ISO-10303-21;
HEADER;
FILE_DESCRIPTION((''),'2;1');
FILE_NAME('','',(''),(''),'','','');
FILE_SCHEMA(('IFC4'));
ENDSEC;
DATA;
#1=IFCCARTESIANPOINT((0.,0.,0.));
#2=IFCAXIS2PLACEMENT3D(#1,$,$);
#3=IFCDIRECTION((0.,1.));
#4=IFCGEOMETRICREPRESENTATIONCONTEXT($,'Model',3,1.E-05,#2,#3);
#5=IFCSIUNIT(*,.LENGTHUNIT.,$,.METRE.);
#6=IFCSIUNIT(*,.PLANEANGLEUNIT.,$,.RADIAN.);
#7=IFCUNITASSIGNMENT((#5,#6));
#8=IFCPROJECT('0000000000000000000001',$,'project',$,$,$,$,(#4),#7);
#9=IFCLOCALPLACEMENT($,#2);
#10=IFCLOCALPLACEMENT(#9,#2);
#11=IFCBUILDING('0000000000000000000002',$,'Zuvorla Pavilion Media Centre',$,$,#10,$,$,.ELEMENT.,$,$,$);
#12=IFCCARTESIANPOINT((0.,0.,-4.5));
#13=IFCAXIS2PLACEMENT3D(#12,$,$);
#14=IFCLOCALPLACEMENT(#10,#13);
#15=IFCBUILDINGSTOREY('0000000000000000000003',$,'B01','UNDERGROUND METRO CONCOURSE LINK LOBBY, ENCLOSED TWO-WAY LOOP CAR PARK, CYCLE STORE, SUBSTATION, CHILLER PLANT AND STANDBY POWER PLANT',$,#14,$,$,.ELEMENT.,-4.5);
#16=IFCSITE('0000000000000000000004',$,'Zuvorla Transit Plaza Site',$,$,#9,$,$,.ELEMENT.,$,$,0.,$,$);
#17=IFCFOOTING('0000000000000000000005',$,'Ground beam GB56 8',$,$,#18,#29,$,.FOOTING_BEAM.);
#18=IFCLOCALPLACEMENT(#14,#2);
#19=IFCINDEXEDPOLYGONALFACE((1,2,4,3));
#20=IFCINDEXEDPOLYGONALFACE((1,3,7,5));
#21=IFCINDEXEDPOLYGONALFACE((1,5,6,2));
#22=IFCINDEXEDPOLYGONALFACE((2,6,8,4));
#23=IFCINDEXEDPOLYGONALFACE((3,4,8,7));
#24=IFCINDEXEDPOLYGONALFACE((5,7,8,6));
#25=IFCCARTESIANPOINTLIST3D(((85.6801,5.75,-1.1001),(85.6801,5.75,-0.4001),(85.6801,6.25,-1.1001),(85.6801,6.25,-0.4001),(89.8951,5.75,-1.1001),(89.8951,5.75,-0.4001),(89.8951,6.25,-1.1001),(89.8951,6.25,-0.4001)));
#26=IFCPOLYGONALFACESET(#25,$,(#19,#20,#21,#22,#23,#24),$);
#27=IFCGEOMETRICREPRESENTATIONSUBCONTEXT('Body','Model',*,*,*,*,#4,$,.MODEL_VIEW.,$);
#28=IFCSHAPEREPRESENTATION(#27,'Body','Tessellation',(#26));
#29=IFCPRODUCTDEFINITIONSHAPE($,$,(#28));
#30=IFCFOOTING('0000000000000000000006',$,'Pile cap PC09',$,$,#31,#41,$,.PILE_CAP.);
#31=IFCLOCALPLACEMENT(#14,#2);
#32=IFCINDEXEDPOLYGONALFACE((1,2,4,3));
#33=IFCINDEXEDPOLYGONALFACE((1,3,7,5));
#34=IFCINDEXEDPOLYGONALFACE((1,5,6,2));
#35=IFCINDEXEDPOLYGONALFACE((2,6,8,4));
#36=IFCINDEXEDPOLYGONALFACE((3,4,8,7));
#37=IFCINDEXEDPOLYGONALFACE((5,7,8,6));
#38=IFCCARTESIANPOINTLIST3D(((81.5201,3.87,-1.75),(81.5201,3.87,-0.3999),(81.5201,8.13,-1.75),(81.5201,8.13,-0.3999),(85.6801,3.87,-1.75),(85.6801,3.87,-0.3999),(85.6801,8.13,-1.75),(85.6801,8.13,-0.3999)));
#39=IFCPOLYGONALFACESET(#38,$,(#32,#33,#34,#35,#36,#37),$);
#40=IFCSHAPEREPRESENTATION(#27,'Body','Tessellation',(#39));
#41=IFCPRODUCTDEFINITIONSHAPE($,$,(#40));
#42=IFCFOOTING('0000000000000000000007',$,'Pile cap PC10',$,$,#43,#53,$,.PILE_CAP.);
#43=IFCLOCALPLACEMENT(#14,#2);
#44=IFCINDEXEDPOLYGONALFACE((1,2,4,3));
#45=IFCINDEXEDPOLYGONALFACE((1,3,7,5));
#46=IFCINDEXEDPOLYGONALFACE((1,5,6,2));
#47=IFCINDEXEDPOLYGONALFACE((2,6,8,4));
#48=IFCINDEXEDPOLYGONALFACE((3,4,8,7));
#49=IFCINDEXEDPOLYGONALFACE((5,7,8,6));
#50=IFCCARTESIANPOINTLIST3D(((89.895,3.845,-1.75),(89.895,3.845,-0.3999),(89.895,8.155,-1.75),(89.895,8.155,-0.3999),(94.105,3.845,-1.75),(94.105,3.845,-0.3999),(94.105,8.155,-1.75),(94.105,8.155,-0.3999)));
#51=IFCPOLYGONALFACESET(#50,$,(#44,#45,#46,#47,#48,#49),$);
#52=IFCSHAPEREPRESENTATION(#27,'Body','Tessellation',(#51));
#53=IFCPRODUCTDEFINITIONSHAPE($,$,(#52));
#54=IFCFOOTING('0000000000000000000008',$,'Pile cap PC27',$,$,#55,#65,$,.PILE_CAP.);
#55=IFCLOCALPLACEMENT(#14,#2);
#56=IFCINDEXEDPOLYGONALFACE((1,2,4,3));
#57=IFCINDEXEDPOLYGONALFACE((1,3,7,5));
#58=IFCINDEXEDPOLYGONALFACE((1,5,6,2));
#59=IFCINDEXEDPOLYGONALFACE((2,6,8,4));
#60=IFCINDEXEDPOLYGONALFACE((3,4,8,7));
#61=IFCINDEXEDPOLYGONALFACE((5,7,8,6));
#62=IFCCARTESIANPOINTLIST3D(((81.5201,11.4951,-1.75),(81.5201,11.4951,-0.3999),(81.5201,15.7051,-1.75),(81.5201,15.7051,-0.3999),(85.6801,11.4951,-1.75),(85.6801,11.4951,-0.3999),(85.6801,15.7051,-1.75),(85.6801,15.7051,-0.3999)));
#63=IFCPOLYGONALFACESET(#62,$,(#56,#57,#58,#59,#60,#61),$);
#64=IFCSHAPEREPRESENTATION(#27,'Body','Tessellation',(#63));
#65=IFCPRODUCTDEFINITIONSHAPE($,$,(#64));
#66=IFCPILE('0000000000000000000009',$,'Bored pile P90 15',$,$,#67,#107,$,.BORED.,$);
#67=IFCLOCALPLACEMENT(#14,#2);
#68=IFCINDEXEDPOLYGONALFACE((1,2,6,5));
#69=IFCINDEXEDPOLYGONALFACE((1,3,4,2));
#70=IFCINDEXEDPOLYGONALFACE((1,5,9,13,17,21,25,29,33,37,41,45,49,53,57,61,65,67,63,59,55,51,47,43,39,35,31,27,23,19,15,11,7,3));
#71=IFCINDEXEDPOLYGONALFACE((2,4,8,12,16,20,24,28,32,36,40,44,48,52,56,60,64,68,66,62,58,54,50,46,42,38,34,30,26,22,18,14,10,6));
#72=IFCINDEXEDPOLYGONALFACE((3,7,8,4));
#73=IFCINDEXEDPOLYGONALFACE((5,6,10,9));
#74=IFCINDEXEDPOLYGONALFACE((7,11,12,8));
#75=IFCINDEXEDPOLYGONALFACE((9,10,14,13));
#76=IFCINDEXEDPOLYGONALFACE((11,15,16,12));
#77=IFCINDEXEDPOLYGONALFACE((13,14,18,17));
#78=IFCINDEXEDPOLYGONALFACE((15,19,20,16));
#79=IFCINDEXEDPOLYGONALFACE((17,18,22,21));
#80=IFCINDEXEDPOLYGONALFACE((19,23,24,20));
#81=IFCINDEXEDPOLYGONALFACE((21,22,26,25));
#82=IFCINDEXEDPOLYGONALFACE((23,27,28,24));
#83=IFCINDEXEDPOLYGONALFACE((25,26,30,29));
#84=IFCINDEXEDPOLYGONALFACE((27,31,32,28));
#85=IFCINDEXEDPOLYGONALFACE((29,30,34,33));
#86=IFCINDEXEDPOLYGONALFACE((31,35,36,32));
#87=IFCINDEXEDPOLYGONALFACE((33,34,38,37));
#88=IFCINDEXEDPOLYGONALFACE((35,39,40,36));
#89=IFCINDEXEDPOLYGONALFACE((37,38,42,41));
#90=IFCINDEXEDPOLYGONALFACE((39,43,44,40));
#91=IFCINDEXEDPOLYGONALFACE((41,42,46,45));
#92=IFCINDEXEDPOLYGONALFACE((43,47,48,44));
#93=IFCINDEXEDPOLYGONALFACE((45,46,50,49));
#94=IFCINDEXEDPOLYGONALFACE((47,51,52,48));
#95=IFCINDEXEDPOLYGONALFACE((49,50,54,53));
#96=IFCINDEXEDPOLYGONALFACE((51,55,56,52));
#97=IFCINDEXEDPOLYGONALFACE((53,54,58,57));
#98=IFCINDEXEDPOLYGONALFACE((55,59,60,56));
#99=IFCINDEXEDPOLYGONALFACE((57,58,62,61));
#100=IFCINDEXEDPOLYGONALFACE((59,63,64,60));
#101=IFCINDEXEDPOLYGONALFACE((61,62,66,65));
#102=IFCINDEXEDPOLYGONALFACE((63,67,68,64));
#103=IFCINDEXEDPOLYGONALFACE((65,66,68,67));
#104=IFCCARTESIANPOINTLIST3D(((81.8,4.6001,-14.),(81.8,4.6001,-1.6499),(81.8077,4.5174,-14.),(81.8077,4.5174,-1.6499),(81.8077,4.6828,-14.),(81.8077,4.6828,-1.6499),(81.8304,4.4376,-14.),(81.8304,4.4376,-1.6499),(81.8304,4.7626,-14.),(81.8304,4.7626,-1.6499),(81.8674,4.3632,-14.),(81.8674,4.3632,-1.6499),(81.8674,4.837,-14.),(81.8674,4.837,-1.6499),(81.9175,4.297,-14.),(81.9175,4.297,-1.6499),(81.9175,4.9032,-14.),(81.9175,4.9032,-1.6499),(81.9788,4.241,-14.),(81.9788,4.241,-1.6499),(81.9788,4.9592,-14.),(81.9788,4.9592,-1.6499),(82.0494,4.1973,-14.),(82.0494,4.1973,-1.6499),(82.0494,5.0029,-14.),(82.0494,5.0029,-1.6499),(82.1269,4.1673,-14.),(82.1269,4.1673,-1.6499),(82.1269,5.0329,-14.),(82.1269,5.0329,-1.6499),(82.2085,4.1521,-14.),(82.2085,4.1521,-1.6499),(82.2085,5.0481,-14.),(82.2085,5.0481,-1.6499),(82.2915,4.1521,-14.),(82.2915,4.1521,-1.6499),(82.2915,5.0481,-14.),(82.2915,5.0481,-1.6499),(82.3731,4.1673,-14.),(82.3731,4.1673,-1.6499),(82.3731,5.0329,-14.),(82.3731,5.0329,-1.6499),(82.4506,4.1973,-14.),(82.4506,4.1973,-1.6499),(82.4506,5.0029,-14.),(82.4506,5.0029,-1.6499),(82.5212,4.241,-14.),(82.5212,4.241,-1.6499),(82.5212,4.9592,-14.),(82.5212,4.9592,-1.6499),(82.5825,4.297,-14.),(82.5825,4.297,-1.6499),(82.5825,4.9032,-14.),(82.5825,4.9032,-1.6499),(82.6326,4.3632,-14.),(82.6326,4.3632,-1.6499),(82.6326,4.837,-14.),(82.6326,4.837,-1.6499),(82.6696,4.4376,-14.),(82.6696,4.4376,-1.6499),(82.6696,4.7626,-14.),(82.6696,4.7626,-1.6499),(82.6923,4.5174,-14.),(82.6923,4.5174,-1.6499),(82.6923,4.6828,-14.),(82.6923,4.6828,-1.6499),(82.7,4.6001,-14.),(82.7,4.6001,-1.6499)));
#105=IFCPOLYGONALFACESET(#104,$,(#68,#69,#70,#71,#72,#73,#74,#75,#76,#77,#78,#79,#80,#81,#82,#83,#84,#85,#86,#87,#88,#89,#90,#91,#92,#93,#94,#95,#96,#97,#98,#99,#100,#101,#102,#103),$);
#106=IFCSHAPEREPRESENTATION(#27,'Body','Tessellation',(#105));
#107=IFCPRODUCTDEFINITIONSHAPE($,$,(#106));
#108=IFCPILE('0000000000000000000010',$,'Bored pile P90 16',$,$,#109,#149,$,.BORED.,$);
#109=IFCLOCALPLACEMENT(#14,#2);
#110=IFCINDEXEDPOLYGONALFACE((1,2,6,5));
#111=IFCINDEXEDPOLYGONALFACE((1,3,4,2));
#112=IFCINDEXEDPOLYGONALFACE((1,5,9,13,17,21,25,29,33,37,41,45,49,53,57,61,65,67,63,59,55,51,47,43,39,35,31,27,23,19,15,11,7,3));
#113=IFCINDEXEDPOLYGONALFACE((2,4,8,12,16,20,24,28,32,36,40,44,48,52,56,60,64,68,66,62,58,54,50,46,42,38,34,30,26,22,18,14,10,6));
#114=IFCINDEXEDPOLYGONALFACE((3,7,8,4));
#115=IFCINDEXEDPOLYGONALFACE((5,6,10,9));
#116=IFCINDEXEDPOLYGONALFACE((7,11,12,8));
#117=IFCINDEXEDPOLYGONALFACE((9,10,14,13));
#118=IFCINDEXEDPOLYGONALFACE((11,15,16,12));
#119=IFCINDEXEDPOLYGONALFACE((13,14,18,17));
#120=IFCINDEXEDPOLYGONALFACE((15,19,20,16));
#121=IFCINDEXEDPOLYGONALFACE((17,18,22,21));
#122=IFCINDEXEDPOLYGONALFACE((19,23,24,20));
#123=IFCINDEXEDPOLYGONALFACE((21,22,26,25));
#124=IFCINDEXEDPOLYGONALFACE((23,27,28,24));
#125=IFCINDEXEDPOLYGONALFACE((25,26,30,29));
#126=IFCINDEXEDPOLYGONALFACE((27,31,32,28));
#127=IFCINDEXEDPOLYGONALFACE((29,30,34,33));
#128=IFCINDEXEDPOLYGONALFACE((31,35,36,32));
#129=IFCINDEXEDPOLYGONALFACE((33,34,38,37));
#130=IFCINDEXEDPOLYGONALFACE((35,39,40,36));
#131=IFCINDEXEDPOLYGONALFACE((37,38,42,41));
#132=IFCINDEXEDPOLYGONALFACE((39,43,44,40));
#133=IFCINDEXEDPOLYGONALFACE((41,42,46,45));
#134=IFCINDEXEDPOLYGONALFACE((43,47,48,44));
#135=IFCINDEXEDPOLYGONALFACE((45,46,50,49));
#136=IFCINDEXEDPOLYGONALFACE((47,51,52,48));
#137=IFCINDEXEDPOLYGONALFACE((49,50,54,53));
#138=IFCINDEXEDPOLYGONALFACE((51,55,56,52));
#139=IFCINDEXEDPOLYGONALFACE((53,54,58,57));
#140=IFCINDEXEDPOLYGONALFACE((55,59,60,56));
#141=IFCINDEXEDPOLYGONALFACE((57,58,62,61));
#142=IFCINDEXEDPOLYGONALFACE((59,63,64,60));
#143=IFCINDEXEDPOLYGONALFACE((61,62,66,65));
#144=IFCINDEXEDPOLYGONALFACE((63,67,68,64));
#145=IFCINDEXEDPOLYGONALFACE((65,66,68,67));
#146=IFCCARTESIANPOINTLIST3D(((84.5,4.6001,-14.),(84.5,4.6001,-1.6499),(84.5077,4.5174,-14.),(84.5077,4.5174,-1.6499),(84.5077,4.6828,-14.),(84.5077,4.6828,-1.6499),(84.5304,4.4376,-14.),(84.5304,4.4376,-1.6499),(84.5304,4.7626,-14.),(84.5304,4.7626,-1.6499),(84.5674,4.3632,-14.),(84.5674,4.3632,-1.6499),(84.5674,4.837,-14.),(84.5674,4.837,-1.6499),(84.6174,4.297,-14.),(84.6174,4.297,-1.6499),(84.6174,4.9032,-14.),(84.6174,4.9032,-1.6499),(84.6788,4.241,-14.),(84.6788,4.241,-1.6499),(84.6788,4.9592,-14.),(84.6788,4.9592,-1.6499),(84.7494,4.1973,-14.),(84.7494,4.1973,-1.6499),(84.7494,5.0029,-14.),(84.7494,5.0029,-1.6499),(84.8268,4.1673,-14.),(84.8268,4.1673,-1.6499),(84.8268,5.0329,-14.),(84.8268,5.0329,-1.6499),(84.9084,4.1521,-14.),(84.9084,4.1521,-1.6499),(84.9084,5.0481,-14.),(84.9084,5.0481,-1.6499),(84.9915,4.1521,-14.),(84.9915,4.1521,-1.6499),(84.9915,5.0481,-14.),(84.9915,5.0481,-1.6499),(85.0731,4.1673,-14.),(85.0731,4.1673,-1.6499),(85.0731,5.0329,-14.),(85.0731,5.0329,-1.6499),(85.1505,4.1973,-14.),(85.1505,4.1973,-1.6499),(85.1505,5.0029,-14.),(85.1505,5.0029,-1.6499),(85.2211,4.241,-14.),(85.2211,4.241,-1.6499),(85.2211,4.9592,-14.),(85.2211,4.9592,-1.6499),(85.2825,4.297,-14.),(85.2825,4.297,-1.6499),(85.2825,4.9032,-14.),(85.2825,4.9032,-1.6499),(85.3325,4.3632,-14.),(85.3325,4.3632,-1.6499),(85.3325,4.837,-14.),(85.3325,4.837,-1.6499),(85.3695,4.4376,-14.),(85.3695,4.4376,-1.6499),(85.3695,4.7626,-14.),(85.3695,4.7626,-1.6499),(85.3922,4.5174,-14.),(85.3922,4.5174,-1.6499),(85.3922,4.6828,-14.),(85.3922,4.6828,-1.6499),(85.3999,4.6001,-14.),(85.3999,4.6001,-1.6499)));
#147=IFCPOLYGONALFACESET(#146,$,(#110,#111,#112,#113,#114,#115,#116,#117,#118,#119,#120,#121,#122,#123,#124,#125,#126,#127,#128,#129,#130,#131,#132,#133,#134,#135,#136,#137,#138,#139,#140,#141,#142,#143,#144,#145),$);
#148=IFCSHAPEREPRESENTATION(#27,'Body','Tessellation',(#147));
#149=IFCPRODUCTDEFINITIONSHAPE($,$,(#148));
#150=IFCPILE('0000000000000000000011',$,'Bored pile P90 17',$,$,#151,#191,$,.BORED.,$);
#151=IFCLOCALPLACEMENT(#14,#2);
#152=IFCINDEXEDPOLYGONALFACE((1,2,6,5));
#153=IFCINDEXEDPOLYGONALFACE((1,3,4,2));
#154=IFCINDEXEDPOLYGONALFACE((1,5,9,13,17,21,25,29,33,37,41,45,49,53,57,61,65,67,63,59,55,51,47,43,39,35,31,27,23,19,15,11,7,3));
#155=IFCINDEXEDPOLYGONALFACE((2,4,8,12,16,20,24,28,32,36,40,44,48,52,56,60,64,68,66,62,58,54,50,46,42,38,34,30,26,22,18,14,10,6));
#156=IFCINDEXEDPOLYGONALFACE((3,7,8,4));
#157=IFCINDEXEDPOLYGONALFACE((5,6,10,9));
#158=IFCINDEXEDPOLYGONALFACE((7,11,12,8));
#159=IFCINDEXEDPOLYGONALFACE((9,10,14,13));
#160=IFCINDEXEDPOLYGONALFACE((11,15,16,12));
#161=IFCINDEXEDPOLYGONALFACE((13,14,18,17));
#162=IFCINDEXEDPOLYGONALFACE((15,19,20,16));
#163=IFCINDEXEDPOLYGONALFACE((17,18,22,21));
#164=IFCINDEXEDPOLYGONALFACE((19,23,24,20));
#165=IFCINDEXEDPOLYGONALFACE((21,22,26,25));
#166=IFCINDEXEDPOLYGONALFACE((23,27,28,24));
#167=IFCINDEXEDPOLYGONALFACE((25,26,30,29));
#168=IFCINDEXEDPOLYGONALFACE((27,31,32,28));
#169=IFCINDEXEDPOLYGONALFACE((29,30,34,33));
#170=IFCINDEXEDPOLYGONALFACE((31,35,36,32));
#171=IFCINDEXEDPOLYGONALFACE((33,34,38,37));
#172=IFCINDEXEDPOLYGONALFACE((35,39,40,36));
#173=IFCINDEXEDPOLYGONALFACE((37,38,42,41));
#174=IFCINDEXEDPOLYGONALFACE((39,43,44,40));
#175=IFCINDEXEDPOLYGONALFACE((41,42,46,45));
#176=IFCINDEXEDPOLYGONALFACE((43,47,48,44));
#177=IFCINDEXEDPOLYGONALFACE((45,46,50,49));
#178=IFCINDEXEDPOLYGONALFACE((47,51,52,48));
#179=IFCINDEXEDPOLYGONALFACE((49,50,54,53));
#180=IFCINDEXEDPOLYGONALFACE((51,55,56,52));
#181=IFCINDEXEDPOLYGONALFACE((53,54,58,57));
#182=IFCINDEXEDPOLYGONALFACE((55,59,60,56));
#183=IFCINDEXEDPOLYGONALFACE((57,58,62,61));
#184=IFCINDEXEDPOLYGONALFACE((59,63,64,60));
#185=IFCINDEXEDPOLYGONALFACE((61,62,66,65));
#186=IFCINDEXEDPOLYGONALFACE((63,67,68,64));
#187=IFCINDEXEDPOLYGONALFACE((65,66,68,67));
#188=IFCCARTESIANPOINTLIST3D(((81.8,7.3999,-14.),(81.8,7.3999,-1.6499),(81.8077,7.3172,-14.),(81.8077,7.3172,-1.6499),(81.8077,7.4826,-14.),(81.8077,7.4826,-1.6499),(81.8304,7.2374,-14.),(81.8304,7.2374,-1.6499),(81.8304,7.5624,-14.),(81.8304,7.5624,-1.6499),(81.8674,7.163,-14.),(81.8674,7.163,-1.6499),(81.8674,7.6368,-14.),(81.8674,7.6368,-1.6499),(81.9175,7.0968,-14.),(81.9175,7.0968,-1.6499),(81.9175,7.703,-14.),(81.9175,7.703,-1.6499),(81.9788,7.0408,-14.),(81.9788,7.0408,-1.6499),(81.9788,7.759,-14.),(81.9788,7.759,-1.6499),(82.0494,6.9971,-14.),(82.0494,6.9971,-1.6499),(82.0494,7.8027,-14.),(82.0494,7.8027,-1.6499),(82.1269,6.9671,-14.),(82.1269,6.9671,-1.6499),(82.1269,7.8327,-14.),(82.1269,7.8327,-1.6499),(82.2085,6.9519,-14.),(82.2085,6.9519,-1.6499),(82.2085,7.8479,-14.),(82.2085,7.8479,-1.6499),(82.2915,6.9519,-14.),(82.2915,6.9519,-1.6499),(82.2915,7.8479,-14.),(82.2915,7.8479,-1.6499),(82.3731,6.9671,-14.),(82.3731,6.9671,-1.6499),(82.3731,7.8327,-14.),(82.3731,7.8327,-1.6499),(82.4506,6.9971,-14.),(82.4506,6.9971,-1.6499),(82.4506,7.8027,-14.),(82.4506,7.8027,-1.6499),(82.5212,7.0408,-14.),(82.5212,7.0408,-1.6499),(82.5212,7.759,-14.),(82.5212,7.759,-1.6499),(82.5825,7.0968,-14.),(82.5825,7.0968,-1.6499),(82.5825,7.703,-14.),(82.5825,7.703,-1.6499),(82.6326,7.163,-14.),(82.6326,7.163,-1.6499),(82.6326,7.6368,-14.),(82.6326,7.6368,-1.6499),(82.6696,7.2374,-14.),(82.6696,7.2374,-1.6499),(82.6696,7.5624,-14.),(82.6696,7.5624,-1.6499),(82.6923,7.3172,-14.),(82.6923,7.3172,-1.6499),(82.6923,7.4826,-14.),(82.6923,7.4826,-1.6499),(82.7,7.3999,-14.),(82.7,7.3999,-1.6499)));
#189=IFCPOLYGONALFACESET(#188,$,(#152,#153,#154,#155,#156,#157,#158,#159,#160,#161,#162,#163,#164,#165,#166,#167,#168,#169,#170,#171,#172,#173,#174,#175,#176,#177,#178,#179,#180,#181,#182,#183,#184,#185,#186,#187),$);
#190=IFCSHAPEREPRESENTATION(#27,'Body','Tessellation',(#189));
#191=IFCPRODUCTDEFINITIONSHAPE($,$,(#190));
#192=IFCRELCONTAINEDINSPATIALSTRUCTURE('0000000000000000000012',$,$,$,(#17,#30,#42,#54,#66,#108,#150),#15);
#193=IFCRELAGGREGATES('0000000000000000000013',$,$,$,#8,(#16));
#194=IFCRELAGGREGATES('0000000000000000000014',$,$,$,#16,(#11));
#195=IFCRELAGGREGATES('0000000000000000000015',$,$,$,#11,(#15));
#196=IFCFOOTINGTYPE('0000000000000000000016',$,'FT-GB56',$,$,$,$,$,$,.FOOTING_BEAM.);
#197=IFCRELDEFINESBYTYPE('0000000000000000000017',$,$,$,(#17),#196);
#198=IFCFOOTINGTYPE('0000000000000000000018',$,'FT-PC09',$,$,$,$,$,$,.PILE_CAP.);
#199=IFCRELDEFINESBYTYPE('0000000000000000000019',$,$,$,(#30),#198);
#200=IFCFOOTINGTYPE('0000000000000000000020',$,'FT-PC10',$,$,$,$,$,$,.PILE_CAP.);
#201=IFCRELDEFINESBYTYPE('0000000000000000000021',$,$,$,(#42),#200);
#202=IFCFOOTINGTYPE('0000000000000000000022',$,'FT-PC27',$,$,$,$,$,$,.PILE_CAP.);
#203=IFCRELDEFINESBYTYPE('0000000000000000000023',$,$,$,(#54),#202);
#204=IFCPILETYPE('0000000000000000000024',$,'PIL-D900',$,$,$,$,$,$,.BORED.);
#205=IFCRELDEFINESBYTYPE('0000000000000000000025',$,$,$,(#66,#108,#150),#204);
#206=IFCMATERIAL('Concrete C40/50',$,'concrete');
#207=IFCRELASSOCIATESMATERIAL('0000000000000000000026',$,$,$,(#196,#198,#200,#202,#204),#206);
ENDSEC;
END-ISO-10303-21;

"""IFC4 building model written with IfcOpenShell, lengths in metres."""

from ifc_helpers import new_model, si_unit, direction, frame, origin, origin_2d, place, context, subcontext, project, spatial, rectangle, circle, extrude, material, material_profile, profile_set, type_object, element, save


model = new_model("IFC4")

# Units and contexts
model_context = context("Model", 3, precision=1e-05, world=origin(), true_north=direction((0.0, 1.0)))
body_context = subcontext(model_context, "Body", "Model", "MODEL_VIEW")
ifc_project = project(units=[si_unit("LENGTHUNIT", "METRE"), si_unit("PLANEANGLEUNIT", "RADIAN")], contexts=[model_context])

# Site, building, storey
site_placement = place(None, origin())
site = spatial("IfcSite", under=ifc_project, at=site_placement, Name="Zuvorla Transit Plaza Site", CompositionType="ELEMENT", RefElevation=0.0)
building_placement = place(site_placement, origin())
building = spatial("IfcBuilding", under=site, at=building_placement, Name="Zuvorla Pavilion Media Centre", CompositionType="ELEMENT")
storey_placement = place(building_placement, frame((0.0, 0.0, -4.5)))
storey = spatial("IfcBuildingStorey", under=building, at=storey_placement, Name="B01", Description="UNDERGROUND METRO CONCOURSE LINK LOBBY, ENCLOSED TWO-WAY LOOP CAR PARK, CYCLE STORE, SUBSTATION, CHILLER PLANT AND STANDBY POWER PLANT", CompositionType="ELEMENT", Elevation=-4.5)

# Footings
ifc_material_1 = material(Name="Concrete C40/50", Category="concrete")
footing_type_1 = type_object("IfcFootingType", Name="FT-GB56", PredefinedType="FOOTING_BEAM", material=ifc_material_1)
footing_1_placement = place(storey_placement, frame((87.7876, 6.0, -1.1001), z_axis=(0.0, 0.0, 1.0), x_axis=(1.0, 0.0, 0.0)))
element("IfcFooting", 1, at=footing_1_placement, inside=storey, type_object=footing_type_1, Name="Ground beam GB56 8", PredefinedType="FOOTING_BEAM", context=body_context, shape_type="SweptSolid", body=[
    extrude(rectangle(XDim=4.2151, YDim=0.5, at=origin_2d()), origin(), (0.0, 0.0, 1.0), 0.7),
])
footing_type_2 = type_object("IfcFootingType", Name="FT-PC09", PredefinedType="PILE_CAP", material=ifc_material_1)
footing_2_placement = place(storey_placement, frame((83.6001, 6.0, -1.75), z_axis=(0.0, 0.0, 1.0), x_axis=(1.0, 0.0, 0.0)))
element("IfcFooting", 2, at=footing_2_placement, inside=storey, type_object=footing_type_2, Name="Pile cap PC09", PredefinedType="PILE_CAP", context=body_context, shape_type="SweptSolid", body=[
    extrude(rectangle(XDim=4.1599, YDim=4.26, at=origin_2d()), origin(), (0.0, 0.0, 1.0), 1.3501),
])
footing_type_3 = type_object("IfcFootingType", Name="FT-PC10", PredefinedType="PILE_CAP", material=ifc_material_1)
footing_3_placement = place(storey_placement, frame((92.0, 6.0, -1.75), z_axis=(0.0, 0.0, 1.0), x_axis=(1.0, 0.0, 0.0)))
element("IfcFooting", 3, at=footing_3_placement, inside=storey, type_object=footing_type_3, Name="Pile cap PC10", PredefinedType="PILE_CAP", context=body_context, shape_type="SweptSolid", body=[
    extrude(rectangle(XDim=4.21, YDim=4.3101, at=origin_2d()), origin(), (0.0, 0.0, 1.0), 1.3501),
])
footing_type_4 = type_object("IfcFootingType", Name="FT-PC27", PredefinedType="PILE_CAP", material=ifc_material_1)
footing_4_placement = place(storey_placement, frame((83.6001, 13.6001, -1.75), z_axis=(0.0, 0.0, 1.0), x_axis=(1.0, 0.0, 0.0)))
element("IfcFooting", 4, at=footing_4_placement, inside=storey, type_object=footing_type_4, Name="Pile cap PC27", PredefinedType="PILE_CAP", context=body_context, shape_type="SweptSolid", body=[
    extrude(rectangle(XDim=4.1599, YDim=4.21, at=origin_2d()), origin(), (0.0, 0.0, 1.0), 1.3501),
])

# Piles
ifc_material_profile_1 = material_profile(ifc_material_1, circle(Radius=0.45, at=origin_2d()), Name="BORED PILE 900")
ifc_profile_set_1 = profile_set([ifc_material_profile_1], Name="Concrete C40/50")
pile_type = type_object("IfcPileType", Name="PIL-D900", PredefinedType="BORED", material=ifc_profile_set_1)
for number, where, z_axis, x_axis, name in (
    (5, (82.25, 4.6001, -1.6499), (0.0, 0.0, -1.0), (1.0, 0.0, 0.0), "Bored pile P90 15"),
    (6, (84.95, 4.6001, -1.6499), (0.0, 0.0, -1.0), (1.0, 0.0, 0.0), "Bored pile P90 16"),
    (7, (82.25, 7.3999, -1.6499), (0.0, 0.0, -1.0), (1.0, 0.0, 0.0), "Bored pile P90 17"),
):
    element("IfcPile", number, at=place(storey_placement, frame(where, z_axis=z_axis, x_axis=x_axis)), inside=storey, type_object=pile_type, Name=name, PredefinedType="BORED", context=body_context, shape_type="SweptSolid", body=[
        extrude(circle(Radius=0.45, at=origin_2d()), origin(), (0.0, 0.0, 1.0), 12.3501),
    ])

save(model, "model.ifc")
